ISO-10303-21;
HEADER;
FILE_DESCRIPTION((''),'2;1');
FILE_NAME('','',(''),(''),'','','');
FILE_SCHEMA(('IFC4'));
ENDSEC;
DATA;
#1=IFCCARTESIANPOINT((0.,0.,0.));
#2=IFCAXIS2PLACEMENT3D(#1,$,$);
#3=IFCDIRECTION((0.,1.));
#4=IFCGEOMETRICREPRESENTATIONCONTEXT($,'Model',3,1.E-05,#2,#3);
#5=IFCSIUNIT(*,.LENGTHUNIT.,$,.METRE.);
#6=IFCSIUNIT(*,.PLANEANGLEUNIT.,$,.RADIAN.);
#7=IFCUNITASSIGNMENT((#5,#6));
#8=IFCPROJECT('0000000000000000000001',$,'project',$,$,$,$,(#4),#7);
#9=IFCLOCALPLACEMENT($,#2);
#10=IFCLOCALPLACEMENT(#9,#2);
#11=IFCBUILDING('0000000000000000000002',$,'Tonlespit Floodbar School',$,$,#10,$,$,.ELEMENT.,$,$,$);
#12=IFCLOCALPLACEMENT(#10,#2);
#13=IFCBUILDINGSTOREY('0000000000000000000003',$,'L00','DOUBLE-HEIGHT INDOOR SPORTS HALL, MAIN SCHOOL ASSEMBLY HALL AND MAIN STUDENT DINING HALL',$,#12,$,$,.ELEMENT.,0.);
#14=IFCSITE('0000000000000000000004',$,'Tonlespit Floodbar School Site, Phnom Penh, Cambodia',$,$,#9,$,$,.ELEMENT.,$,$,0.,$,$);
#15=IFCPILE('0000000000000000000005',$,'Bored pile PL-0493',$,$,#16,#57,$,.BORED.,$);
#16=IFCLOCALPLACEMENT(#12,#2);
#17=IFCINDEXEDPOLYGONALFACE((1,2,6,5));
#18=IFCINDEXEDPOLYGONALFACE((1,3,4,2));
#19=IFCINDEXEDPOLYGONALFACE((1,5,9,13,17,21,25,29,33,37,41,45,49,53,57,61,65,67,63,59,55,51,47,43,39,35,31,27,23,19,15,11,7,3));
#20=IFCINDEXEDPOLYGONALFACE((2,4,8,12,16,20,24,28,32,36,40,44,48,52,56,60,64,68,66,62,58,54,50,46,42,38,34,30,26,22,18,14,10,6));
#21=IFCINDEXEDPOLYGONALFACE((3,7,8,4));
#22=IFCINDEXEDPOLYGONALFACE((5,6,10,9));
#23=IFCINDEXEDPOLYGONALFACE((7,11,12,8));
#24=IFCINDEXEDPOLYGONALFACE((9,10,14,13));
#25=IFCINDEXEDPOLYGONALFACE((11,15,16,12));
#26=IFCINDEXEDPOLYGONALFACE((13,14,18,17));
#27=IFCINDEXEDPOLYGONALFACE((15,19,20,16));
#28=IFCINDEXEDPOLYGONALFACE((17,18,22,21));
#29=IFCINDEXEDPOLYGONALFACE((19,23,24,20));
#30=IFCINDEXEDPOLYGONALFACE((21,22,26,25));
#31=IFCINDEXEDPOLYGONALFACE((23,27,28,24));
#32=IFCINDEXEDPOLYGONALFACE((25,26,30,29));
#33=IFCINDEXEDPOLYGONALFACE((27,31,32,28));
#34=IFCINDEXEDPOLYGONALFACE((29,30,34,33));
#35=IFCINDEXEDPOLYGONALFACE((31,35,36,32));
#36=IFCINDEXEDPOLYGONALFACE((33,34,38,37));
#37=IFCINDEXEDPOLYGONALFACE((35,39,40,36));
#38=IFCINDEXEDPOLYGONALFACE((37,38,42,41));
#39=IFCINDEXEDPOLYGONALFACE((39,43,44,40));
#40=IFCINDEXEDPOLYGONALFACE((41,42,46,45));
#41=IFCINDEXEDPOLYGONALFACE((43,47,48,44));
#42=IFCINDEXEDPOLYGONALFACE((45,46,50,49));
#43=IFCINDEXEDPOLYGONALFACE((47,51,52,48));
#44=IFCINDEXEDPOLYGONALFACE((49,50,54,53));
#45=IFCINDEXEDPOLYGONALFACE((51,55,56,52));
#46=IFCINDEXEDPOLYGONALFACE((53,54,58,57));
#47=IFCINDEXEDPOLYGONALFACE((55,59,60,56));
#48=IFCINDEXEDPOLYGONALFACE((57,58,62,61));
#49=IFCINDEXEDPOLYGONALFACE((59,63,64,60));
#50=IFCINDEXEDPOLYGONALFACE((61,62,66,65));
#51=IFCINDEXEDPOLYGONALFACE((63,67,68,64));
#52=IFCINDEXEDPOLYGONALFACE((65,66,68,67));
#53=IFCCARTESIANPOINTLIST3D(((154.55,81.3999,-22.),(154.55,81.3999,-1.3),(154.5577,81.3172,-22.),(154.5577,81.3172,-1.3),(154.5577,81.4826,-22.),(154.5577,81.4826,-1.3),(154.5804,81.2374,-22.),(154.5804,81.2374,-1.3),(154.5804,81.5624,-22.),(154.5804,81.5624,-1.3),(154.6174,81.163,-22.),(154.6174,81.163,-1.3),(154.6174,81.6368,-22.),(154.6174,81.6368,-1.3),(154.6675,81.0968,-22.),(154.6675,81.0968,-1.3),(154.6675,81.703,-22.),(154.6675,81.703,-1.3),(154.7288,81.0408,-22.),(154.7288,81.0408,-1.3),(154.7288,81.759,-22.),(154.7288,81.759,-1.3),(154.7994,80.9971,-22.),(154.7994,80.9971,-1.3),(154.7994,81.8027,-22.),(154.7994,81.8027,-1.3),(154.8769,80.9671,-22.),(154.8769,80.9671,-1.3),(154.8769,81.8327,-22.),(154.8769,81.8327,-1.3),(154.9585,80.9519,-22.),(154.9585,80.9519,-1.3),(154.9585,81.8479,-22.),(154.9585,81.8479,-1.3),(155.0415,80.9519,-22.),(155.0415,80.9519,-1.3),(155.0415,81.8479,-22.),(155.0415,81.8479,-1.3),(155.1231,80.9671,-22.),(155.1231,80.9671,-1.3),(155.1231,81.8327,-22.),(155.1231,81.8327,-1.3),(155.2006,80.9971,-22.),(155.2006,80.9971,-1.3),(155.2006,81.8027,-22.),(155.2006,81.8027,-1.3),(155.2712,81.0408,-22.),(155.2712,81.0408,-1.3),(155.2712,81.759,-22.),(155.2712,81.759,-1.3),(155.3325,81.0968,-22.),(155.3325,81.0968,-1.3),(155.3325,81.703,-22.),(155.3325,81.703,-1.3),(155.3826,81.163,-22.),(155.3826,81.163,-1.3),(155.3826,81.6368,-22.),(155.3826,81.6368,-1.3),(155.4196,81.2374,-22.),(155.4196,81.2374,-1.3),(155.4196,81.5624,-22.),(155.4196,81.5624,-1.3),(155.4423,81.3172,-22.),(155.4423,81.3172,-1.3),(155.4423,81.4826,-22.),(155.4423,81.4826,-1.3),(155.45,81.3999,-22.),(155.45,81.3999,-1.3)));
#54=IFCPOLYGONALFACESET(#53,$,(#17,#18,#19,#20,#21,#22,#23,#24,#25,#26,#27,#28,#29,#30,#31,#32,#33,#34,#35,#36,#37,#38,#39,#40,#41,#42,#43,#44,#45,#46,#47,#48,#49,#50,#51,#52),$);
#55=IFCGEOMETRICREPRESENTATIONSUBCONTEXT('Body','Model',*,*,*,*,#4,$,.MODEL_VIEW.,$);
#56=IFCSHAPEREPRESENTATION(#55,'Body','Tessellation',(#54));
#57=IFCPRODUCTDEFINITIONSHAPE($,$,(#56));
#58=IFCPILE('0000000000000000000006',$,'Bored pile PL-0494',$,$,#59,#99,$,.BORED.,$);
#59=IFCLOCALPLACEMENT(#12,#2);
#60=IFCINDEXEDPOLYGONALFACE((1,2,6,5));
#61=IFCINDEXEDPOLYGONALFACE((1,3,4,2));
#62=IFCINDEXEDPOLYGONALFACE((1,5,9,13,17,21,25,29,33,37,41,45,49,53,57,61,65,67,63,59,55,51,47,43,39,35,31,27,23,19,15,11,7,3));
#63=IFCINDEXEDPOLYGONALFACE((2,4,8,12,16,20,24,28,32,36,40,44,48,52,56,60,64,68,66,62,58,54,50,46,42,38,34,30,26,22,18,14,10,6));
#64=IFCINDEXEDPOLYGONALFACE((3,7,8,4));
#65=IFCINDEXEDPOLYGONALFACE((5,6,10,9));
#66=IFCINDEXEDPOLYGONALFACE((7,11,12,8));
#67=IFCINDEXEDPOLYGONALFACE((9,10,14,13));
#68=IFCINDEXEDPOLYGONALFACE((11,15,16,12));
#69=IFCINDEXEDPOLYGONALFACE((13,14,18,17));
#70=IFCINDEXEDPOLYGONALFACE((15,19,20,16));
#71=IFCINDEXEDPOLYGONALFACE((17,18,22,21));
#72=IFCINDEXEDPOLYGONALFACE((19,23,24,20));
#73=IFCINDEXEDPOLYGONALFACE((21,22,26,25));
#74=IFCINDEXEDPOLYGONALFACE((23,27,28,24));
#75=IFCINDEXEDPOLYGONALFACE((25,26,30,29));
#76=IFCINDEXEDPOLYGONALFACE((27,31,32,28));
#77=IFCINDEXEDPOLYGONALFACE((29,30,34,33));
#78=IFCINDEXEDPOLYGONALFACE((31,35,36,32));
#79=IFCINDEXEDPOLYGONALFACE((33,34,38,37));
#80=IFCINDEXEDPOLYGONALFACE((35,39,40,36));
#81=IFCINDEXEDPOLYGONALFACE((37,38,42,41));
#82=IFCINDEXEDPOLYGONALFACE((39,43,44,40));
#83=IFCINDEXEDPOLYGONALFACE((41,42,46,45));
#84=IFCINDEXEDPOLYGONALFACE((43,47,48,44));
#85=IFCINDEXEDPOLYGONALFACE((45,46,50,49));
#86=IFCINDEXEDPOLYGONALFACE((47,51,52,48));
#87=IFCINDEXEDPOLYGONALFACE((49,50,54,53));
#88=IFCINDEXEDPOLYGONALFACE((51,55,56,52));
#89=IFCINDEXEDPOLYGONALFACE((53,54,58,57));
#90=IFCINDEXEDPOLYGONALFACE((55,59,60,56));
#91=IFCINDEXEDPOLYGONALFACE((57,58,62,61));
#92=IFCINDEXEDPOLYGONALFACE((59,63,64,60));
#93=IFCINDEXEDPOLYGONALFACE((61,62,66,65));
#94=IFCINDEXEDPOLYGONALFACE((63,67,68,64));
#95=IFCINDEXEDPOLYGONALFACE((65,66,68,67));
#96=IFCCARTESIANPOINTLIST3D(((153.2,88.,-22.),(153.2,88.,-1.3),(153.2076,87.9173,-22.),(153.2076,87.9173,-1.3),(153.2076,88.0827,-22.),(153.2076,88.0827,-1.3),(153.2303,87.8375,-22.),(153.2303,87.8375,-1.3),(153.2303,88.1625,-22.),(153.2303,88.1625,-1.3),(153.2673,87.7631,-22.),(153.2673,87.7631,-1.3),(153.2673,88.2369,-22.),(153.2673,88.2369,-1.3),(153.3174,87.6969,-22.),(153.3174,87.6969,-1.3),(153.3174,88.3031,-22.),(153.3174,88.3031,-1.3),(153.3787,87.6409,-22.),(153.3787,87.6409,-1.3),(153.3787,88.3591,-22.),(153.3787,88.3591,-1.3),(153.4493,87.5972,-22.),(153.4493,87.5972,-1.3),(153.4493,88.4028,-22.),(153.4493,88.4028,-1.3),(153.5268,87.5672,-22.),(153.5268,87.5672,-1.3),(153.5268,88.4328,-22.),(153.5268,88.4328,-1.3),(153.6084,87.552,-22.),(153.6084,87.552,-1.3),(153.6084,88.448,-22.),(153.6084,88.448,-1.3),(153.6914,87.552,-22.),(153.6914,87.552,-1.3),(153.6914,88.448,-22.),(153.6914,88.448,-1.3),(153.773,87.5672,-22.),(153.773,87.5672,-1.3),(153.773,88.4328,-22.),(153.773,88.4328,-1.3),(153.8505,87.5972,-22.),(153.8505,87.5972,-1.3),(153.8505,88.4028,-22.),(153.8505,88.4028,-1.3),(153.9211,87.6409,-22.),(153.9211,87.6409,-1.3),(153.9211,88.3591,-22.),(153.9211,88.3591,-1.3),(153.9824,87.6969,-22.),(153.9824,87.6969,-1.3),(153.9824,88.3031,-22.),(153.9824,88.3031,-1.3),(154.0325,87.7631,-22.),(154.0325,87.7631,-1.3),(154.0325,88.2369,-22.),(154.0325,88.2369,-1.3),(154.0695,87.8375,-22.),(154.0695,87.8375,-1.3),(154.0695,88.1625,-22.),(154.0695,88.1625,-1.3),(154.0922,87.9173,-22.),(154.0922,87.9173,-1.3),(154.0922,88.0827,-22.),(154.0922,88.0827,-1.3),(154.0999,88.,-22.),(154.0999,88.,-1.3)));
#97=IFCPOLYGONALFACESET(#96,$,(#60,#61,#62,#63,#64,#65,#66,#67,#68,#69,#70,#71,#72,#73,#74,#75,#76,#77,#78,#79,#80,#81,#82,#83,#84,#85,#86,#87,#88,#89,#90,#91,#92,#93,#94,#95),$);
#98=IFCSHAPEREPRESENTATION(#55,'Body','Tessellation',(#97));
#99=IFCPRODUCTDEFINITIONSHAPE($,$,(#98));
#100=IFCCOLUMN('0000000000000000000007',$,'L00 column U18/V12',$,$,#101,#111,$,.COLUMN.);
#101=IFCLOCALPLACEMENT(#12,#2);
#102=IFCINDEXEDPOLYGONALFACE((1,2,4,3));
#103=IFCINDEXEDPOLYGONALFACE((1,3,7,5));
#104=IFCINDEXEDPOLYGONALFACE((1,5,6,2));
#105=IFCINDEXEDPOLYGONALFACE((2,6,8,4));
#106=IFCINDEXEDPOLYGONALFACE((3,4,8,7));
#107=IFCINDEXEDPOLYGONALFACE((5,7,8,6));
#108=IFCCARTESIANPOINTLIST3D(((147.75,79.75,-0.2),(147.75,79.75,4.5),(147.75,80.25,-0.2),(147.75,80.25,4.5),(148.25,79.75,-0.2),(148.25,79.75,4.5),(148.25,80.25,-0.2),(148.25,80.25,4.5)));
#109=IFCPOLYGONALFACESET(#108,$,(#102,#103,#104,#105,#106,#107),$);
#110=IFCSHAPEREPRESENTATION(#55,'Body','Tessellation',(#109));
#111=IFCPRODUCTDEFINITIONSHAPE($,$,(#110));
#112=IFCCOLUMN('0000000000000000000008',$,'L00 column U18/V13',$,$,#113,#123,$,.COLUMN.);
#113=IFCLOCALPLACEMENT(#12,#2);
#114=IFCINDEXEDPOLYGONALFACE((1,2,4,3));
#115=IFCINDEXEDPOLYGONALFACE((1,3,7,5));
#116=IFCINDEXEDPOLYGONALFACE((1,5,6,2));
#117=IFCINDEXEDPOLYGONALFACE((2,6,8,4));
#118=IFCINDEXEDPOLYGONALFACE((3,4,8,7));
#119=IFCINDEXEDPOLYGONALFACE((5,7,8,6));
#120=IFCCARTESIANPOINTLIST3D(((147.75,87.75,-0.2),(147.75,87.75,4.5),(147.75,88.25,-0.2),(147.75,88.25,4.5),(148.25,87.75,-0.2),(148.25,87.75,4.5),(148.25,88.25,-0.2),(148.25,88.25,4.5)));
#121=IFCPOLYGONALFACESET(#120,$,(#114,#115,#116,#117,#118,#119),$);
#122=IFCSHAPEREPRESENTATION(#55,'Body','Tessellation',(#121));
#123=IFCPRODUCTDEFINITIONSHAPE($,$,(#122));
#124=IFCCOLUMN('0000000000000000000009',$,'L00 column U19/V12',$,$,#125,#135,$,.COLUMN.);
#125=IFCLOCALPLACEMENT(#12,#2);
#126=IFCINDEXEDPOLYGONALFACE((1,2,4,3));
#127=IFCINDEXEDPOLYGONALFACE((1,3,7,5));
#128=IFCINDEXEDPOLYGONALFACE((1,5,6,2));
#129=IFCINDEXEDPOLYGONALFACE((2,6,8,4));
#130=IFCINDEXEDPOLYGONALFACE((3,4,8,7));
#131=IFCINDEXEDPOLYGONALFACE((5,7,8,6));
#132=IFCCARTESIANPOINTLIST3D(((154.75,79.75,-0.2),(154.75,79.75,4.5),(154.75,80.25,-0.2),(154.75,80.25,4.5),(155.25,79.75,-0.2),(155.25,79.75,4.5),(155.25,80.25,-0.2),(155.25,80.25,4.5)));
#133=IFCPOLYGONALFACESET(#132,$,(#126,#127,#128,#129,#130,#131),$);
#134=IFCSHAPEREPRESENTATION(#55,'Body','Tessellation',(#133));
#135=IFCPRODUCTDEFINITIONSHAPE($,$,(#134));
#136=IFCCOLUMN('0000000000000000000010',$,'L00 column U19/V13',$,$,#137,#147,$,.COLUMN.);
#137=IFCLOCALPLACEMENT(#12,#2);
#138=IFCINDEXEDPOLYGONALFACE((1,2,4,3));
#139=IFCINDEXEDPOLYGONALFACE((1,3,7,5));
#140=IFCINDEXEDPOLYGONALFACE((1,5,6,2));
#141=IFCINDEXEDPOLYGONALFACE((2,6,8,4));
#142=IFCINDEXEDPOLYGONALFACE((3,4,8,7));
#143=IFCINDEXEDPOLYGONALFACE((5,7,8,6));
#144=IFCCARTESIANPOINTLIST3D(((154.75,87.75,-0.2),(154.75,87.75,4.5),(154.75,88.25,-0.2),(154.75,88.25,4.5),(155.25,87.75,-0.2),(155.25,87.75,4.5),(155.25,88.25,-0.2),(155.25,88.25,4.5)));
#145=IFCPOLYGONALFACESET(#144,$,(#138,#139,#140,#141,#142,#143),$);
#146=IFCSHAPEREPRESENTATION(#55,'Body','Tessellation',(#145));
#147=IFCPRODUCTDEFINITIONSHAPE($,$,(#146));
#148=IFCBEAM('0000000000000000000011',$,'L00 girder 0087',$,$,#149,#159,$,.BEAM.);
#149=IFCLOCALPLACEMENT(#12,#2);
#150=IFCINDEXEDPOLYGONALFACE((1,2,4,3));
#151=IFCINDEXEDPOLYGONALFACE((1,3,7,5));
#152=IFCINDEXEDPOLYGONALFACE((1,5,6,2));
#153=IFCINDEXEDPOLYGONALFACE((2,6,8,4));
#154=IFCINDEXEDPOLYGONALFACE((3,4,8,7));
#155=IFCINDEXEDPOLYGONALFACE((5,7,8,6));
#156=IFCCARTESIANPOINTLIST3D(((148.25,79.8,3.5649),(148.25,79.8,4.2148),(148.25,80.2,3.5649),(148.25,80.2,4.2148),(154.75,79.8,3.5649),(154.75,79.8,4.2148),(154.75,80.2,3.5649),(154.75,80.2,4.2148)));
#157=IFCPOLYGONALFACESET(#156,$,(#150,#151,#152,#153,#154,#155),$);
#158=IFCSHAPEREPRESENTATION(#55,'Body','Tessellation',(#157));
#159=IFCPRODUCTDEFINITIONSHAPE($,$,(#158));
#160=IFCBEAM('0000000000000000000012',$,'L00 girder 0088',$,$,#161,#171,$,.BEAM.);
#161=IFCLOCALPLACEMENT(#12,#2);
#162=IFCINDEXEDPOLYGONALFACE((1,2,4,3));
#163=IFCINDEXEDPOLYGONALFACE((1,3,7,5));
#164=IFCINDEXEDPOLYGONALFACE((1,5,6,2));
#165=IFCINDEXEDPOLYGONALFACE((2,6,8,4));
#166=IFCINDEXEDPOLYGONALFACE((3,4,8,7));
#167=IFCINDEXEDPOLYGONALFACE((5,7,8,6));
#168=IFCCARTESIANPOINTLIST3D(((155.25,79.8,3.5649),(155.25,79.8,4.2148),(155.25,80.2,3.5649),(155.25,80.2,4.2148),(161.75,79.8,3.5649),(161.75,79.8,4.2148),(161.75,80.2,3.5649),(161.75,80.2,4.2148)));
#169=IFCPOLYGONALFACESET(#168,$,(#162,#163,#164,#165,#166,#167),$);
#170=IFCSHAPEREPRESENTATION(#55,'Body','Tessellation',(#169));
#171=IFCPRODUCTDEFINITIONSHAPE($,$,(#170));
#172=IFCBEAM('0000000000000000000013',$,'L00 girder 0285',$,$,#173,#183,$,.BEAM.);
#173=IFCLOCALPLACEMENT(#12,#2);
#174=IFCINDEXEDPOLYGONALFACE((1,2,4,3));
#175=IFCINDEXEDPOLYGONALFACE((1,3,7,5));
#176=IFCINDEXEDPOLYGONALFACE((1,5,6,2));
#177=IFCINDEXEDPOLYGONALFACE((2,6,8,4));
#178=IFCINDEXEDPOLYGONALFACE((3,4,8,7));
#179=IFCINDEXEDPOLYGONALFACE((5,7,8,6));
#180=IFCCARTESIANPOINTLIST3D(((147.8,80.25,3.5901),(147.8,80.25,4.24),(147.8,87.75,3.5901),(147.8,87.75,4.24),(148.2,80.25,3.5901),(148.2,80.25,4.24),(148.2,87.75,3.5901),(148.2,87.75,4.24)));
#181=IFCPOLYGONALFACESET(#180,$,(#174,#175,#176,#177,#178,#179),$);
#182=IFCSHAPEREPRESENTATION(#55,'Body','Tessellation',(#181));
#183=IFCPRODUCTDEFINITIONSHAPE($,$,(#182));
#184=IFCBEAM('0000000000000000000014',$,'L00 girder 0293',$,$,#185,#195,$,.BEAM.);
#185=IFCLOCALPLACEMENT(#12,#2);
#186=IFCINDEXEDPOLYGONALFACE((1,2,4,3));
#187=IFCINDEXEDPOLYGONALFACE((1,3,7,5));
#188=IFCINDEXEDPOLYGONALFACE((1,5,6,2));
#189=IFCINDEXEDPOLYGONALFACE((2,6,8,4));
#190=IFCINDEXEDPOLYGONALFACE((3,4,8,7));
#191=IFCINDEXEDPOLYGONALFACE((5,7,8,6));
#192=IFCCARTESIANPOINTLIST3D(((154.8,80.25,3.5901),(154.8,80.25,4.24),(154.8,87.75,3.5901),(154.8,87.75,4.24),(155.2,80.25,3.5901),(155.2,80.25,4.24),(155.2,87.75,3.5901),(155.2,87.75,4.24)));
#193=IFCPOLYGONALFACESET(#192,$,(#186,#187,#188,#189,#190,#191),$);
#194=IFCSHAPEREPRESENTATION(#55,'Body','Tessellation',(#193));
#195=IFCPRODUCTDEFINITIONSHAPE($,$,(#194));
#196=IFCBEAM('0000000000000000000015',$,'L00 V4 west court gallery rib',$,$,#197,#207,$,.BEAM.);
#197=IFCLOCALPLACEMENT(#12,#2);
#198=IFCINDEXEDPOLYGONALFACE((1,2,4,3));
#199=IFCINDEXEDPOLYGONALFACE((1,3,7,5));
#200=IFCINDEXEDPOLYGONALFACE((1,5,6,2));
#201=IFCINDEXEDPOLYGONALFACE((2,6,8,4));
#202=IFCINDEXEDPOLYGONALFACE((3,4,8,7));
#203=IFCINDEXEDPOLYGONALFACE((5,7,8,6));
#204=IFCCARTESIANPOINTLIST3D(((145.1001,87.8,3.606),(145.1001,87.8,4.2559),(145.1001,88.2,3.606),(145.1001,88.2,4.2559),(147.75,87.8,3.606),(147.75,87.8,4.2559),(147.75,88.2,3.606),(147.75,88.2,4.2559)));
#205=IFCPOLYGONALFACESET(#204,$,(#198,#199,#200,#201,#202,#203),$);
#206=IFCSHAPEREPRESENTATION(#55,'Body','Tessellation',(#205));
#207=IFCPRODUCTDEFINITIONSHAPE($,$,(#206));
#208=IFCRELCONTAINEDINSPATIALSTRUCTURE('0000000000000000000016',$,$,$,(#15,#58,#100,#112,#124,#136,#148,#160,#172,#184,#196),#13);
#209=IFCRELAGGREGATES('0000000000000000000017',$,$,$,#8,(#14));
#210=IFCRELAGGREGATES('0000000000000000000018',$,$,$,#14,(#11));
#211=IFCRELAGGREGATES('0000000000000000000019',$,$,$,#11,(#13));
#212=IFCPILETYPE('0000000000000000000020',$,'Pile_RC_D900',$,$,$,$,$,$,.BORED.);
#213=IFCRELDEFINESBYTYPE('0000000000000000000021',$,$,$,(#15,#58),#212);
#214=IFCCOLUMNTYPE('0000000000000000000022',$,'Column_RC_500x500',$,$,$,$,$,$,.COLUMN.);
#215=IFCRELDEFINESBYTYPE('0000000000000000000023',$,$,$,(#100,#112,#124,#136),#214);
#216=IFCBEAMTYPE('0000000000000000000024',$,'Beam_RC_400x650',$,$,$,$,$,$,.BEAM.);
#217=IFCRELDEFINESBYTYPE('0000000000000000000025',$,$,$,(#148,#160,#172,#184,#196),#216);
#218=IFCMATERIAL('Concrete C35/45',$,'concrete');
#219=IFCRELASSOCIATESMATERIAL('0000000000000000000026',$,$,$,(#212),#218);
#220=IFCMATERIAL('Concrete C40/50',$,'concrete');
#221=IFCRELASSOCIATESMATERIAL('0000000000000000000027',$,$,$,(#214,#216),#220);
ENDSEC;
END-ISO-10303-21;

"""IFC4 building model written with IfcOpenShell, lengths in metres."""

from ifc_helpers import new_model, si_unit, direction, frame, origin, origin_2d, place, context, subcontext, project, spatial, rectangle, circle, extrude, material, material_profile, profile_set, type_object, element, save


model = new_model("IFC4")

# Units and contexts
model_context = context("Model", 3, precision=1e-05, world=origin(), true_north=direction((0.0, 1.0)))
body_context = subcontext(model_context, "Body", "Model", "MODEL_VIEW")
ifc_project = project(units=[si_unit("LENGTHUNIT", "METRE"), si_unit("PLANEANGLEUNIT", "RADIAN")], contexts=[model_context])

# Site, building, storey
site_placement = place(None, origin())
site = spatial("IfcSite", under=ifc_project, at=site_placement, Name="Tonlespit Floodbar School Site, Phnom Penh, Cambodia", CompositionType="ELEMENT", RefElevation=0.0)
building_placement = place(site_placement, origin())
building = spatial("IfcBuilding", under=site, at=building_placement, Name="Tonlespit Floodbar School", CompositionType="ELEMENT")
storey_placement = place(building_placement, origin())
storey = spatial("IfcBuildingStorey", under=building, at=storey_placement, Name="L00", Description="DOUBLE-HEIGHT INDOOR SPORTS HALL, MAIN SCHOOL ASSEMBLY HALL AND MAIN STUDENT DINING HALL", CompositionType="ELEMENT", Elevation=0.0)

# Shared definitions
ifc_material_1 = material(Name="Concrete C40/50", Category="concrete")

# Piles
ifc_material_2 = material(Name="Concrete C35/45", Category="concrete")
ifc_material_profile_1 = material_profile(ifc_material_2, circle(Radius=0.45, at=origin_2d()), Name="BP D900")
ifc_profile_set_1 = profile_set([ifc_material_profile_1], Name="Concrete C35/45")
pile_type = type_object("IfcPileType", Name="Pile_RC_D900", PredefinedType="BORED", material=ifc_profile_set_1)
for number, where, z_axis, x_axis, name in (
    (1, (155.0, 81.3999, -1.3), (0.0, 0.0, -1.0), (1.0, 0.0, 0.0), "Bored pile PL-0493"),
    (2, (153.6499, 88.0, -1.3), (0.0, 0.0, -1.0), (1.0, 0.0, 0.0), "Bored pile PL-0494"),
):
    element("IfcPile", number, at=place(storey_placement, frame(where, z_axis=z_axis, x_axis=x_axis)), inside=storey, type_object=pile_type, Name=name, PredefinedType="BORED", context=body_context, shape_type="SweptSolid", body=[
        extrude(circle(Radius=0.45, at=origin_2d()), origin(), (0.0, 0.0, 1.0), 20.7),
    ])

# Columns
ifc_material_profile_2 = material_profile(ifc_material_1, rectangle(XDim=0.5, YDim=0.5, at=origin_2d()), Name="RC 500x500")
ifc_profile_set_2 = profile_set([ifc_material_profile_2], Name="Concrete C40/50")
column_type = type_object("IfcColumnType", Name="Column_RC_500x500", PredefinedType="COLUMN", material=ifc_profile_set_2)
for number, where, z_axis, x_axis, name in (
    (3, (148.0, 80.0, -0.2), (0.0, 0.0, 1.0), (1.0, 0.0, 0.0), "L00 column U18/V12"),
    (4, (148.0, 88.0, -0.2), (0.0, 0.0, 1.0), (1.0, 0.0, 0.0), "L00 column U18/V13"),
    (5, (155.0, 80.0, -0.2), (0.0, 0.0, 1.0), (1.0, 0.0, 0.0), "L00 column U19/V12"),
    (6, (155.0, 88.0, -0.2), (0.0, 0.0, 1.0), (1.0, 0.0, 0.0), "L00 column U19/V13"),
):
    element("IfcColumn", number, at=place(storey_placement, frame(where, z_axis=z_axis, x_axis=x_axis)), inside=storey, type_object=column_type, Name=name, PredefinedType="COLUMN", context=body_context, shape_type="SweptSolid", body=[
        extrude(rectangle(XDim=0.5, YDim=0.5, at=origin_2d()), origin(), (0.0, 0.0, 1.0), 4.7),
    ])

# Beams
ifc_material_profile_3 = material_profile(ifc_material_1, rectangle(XDim=0.3999, YDim=0.6499, at=origin_2d()), Name="RC 400x650")
ifc_profile_set_3 = profile_set([ifc_material_profile_3], Name="Concrete C40/50")
beam_type_1 = type_object("IfcBeamType", Name="Beam_RC_400x650", PredefinedType="BEAM", material=ifc_profile_set_3)
for number, where, z_axis, x_axis, name in (
    (7, (148.25, 80.0, 3.8899), (1.0, 0.0, 0.0), (0.0, 1.0, 0.0), "L00 girder 0087"),
    (8, (155.25, 80.0, 3.8899), (1.0, 0.0, 0.0), (0.0, 1.0, 0.0), "L00 girder 0088"),
):
    element("IfcBeam", number, at=place(storey_placement, frame(where, z_axis=z_axis, x_axis=x_axis)), inside=storey, type_object=beam_type_1, Name=name, PredefinedType="BEAM", context=body_context, shape_type="SweptSolid", body=[
        extrude(rectangle(XDim=0.3999, YDim=0.6499, at=origin_2d()), origin(), (0.0, 0.0, 1.0), 6.5),
    ])
for number, where, z_axis, x_axis, name in (
    (9, (148.0, 80.25, 3.915), (0.0, 1.0, 0.0), (-1.0, 0.0, 0.0), "L00 girder 0285"),
    (10, (155.0, 80.25, 3.915), (0.0, 1.0, 0.0), (-1.0, 0.0, 0.0), "L00 girder 0293"),
):
    element("IfcBeam", number, at=place(storey_placement, frame(where, z_axis=z_axis, x_axis=x_axis)), inside=storey, type_object=beam_type_1, Name=name, PredefinedType="BEAM", context=body_context, shape_type="SweptSolid", body=[
        extrude(rectangle(XDim=0.3999, YDim=0.6499, at=origin_2d()), origin(), (0.0, 0.0, 1.0), 7.5),
    ])
beam_1_placement = place(storey_placement, frame((147.75, 88.0, 3.9309), z_axis=(-1.0, 0.0, 0.0), x_axis=(0.0, -1.0, 0.0)))
element("IfcBeam", 11, at=beam_1_placement, inside=storey, type_object=beam_type_1, Name="L00 V4 west court gallery rib", PredefinedType="BEAM", context=body_context, shape_type="SweptSolid", body=[
    extrude(rectangle(XDim=0.3999, YDim=0.6499, at=origin_2d()), origin(), (0.0, 0.0, 1.0), 2.6499),
])

save(model, "model.ifc")
